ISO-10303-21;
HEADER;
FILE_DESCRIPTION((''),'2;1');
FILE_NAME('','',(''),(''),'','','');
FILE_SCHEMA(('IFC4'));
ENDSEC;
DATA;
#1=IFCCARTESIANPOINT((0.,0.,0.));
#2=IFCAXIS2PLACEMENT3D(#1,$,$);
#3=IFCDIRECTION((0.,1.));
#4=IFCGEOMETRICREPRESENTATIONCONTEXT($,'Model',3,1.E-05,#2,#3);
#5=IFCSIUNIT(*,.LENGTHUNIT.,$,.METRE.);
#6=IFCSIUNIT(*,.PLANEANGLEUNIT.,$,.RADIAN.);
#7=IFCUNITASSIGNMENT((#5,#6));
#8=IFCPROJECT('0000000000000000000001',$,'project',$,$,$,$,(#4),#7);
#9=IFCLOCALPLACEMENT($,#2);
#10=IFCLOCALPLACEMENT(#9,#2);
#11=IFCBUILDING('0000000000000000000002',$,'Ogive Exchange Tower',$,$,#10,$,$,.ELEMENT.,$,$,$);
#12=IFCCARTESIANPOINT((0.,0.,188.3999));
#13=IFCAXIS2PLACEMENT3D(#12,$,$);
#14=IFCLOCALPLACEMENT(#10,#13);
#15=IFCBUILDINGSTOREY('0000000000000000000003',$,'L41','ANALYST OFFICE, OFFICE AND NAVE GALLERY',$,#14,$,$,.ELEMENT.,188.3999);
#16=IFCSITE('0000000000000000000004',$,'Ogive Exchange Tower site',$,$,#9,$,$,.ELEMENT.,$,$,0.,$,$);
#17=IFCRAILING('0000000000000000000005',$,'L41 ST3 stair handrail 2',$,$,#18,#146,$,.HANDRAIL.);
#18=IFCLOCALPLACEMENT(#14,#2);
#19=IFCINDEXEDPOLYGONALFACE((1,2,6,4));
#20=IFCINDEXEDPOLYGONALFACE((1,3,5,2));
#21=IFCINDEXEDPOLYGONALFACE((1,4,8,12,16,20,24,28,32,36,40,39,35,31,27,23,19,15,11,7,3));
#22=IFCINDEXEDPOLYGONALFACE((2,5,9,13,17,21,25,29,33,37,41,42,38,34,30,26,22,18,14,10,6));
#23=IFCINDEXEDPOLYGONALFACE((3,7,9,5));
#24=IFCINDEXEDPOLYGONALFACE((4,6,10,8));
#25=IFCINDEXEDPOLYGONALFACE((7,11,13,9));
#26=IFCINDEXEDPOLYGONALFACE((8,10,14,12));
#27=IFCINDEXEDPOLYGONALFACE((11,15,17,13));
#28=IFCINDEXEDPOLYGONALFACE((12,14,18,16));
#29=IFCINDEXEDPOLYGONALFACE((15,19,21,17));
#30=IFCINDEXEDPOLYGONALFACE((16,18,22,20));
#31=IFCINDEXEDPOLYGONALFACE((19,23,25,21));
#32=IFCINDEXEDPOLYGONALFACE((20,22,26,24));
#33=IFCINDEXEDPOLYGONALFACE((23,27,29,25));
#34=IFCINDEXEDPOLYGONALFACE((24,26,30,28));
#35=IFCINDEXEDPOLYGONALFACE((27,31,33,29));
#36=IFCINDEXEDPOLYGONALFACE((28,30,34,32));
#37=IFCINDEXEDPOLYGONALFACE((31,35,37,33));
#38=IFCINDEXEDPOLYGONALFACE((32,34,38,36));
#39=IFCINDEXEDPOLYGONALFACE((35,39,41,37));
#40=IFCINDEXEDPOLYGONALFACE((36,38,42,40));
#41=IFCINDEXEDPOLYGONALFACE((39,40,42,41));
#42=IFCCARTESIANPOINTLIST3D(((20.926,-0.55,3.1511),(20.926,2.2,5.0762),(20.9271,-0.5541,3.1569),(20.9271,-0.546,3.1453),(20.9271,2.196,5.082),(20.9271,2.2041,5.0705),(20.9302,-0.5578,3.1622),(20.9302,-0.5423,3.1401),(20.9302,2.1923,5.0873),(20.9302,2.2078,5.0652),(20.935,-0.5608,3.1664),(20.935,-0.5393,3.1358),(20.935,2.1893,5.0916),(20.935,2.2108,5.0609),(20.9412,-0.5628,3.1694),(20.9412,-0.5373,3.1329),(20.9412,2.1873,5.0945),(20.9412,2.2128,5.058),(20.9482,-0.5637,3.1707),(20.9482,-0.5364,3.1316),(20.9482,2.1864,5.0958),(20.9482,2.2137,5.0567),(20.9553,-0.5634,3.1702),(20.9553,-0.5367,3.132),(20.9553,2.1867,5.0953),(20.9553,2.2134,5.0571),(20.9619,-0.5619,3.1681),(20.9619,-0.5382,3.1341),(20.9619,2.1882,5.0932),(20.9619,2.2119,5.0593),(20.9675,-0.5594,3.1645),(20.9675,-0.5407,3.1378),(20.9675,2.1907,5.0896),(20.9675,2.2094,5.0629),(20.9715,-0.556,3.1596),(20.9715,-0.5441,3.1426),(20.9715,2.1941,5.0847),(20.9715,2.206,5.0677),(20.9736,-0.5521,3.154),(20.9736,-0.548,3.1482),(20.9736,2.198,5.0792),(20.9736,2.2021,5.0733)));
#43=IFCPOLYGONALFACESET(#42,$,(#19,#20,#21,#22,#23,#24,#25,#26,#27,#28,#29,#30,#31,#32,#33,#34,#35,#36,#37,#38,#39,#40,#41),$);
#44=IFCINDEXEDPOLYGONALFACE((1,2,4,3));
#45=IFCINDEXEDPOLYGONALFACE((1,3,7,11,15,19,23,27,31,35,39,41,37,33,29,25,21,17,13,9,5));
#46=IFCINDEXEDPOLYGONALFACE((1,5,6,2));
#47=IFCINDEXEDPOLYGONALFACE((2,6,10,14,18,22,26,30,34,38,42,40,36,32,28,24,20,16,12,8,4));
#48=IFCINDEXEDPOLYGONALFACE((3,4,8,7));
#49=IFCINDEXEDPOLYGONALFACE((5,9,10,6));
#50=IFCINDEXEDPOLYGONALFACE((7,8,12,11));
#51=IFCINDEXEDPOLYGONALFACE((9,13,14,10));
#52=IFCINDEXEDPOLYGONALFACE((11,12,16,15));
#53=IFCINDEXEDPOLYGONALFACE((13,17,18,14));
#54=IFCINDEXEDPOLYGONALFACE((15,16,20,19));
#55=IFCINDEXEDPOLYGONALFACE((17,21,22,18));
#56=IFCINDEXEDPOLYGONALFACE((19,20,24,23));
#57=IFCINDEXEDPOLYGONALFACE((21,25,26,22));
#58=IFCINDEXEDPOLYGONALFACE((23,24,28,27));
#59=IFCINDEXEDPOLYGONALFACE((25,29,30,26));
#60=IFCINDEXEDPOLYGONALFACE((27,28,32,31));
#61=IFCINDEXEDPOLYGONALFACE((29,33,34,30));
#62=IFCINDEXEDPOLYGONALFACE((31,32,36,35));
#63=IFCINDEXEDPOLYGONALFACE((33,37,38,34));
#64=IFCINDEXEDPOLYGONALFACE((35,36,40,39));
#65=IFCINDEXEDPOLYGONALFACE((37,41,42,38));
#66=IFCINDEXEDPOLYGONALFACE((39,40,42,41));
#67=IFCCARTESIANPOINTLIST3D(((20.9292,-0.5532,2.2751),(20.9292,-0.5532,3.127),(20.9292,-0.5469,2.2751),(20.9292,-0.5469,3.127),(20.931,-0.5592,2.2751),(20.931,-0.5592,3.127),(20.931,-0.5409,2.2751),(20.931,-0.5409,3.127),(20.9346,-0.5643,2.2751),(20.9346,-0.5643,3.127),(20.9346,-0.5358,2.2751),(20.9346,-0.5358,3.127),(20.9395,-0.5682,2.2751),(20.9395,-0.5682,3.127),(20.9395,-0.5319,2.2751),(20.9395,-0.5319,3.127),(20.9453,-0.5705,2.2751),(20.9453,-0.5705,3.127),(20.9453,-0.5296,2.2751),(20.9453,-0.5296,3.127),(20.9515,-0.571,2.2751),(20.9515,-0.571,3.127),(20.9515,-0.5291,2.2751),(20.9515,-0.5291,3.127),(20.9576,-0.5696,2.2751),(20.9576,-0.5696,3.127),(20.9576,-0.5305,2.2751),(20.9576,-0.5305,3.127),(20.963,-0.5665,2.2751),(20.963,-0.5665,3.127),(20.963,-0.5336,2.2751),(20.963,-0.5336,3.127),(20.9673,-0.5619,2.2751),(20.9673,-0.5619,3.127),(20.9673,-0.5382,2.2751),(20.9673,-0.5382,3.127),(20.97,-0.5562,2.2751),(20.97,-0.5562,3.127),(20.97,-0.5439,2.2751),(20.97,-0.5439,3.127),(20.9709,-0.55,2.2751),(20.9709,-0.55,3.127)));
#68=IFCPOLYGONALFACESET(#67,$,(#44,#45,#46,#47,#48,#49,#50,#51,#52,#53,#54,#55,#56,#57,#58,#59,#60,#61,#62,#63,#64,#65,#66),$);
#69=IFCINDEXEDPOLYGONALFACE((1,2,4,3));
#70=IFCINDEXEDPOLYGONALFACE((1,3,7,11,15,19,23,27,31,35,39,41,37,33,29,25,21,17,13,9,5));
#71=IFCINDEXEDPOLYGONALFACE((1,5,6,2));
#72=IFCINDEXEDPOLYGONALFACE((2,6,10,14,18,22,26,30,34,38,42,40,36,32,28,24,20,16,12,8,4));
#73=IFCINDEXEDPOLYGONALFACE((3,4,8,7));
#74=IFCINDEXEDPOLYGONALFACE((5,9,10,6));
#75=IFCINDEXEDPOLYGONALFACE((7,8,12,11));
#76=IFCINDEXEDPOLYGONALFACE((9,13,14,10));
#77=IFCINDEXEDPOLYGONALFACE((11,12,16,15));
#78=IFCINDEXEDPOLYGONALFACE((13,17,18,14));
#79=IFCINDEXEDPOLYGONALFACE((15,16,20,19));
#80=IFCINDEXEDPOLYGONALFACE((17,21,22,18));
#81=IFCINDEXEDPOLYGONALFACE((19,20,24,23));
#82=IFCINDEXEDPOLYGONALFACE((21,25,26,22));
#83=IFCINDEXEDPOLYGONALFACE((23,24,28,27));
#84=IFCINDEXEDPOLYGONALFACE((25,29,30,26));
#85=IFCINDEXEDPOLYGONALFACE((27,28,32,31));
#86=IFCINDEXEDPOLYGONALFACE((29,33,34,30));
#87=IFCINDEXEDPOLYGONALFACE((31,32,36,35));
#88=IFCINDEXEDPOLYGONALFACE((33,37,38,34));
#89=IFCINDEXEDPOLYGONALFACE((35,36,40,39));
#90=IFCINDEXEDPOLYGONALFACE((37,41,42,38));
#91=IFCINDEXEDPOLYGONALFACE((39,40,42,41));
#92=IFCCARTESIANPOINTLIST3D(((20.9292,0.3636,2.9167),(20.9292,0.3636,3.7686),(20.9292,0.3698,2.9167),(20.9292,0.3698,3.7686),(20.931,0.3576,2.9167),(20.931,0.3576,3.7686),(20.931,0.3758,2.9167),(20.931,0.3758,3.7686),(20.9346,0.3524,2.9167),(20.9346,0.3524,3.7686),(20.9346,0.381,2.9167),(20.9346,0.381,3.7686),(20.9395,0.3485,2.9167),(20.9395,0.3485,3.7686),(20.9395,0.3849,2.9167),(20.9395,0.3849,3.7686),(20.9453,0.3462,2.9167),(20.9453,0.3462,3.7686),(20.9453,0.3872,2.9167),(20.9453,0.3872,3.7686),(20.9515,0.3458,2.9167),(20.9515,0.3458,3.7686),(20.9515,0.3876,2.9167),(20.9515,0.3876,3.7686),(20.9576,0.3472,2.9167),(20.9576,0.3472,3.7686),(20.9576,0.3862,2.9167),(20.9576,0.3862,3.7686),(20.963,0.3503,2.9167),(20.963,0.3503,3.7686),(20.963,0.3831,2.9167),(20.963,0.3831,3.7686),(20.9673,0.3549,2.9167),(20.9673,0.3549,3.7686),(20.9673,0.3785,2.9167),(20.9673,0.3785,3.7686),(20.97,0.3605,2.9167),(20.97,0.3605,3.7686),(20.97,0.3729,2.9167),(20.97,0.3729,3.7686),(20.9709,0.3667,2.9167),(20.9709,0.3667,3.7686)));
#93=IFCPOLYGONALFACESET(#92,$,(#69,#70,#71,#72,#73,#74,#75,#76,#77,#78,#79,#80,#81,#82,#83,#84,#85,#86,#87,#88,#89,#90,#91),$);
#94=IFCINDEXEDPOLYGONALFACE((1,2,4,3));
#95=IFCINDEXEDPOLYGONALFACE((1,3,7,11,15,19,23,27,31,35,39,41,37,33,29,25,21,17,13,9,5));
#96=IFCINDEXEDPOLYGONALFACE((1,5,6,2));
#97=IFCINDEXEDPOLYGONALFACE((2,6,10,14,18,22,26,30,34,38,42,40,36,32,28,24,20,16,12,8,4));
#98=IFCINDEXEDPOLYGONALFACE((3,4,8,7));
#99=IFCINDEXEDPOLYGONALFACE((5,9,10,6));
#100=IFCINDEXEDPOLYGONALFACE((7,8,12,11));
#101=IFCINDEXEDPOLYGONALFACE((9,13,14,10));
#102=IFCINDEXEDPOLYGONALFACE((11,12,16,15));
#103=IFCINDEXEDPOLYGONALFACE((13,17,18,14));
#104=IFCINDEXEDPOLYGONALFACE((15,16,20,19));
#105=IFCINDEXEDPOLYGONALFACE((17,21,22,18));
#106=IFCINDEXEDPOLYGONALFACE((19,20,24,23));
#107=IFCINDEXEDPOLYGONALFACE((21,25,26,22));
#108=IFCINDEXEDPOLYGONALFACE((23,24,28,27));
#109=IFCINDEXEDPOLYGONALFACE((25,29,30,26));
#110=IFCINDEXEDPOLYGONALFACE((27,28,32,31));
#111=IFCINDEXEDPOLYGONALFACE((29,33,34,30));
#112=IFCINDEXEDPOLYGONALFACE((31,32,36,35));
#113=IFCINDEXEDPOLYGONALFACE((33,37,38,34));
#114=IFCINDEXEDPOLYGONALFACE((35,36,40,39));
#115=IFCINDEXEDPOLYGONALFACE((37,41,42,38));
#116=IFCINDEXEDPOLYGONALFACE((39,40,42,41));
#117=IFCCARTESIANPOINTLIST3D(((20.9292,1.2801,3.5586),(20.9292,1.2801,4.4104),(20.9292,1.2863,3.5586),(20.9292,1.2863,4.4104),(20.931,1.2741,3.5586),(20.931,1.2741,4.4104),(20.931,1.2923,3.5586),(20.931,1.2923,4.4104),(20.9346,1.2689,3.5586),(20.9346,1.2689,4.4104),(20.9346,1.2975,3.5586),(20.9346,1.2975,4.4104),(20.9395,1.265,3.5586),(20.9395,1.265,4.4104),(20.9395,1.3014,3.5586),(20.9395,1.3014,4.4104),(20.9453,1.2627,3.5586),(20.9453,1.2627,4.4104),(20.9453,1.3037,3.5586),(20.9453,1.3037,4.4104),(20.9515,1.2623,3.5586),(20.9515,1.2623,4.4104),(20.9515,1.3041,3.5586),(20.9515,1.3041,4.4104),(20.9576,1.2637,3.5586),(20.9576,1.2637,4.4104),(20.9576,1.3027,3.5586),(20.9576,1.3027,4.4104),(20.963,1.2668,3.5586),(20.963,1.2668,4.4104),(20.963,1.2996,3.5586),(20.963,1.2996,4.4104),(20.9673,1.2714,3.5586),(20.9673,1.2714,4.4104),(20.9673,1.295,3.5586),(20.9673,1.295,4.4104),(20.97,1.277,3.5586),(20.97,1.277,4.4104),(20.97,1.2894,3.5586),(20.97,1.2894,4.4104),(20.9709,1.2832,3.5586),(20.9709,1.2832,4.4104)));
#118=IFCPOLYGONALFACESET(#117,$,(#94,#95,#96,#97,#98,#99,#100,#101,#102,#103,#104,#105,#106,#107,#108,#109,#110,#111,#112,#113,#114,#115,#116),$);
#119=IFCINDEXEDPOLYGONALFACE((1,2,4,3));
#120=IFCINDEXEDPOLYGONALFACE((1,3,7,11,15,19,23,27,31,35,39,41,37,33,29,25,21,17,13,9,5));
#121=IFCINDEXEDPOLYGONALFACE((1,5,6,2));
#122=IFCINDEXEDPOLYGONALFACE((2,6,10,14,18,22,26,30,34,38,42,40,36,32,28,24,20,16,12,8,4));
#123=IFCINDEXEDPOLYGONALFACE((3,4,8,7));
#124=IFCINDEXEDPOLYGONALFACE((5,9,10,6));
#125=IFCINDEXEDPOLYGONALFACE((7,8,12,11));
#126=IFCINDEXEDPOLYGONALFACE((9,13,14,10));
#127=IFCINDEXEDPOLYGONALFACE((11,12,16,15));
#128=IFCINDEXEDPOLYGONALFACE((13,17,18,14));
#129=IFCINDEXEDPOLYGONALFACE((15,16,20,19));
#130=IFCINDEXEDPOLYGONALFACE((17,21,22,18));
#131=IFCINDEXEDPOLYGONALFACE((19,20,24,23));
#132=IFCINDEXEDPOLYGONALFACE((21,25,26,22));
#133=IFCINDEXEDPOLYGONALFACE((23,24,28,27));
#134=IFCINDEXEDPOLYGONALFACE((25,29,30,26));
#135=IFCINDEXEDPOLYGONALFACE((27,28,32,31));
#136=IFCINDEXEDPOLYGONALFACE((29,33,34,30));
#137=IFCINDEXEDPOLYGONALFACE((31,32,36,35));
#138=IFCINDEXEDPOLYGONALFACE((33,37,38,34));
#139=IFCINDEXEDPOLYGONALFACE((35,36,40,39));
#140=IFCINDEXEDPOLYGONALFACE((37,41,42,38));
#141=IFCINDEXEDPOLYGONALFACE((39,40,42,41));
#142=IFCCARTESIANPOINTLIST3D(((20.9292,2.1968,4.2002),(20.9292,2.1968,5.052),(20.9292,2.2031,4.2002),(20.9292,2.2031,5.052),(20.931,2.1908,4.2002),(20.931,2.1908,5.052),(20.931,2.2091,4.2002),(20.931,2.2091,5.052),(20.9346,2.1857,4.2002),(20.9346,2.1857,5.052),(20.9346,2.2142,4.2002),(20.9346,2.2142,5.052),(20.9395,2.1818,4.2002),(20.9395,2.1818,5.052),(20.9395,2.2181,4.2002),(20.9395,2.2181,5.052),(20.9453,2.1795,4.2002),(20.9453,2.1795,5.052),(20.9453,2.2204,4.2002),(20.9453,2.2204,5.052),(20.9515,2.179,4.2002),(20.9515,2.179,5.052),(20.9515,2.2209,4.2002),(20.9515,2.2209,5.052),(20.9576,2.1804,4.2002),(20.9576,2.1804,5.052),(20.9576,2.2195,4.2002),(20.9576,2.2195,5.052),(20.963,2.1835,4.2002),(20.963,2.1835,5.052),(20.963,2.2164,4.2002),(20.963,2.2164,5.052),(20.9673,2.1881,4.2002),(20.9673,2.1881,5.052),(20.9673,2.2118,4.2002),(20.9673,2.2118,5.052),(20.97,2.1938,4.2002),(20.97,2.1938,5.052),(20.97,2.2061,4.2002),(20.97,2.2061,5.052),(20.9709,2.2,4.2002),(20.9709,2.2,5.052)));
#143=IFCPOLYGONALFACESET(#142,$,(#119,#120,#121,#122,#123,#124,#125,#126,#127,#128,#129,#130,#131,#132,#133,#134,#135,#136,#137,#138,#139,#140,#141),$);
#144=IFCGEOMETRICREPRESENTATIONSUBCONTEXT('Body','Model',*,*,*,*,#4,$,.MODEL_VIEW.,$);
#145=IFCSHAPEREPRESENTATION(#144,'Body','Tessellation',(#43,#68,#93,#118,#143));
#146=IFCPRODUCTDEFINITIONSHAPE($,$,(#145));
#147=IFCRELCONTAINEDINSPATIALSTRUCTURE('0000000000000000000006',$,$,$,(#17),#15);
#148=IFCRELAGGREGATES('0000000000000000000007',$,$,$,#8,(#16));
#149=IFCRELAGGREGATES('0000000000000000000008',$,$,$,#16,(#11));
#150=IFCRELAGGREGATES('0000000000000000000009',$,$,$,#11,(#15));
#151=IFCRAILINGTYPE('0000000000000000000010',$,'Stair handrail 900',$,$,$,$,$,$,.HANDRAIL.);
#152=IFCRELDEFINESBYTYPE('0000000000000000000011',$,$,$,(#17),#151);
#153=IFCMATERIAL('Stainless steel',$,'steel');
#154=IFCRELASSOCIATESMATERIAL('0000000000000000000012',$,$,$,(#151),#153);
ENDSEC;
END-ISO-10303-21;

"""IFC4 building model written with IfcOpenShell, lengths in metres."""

from ifc_helpers import new_model, si_unit, direction, frame, origin, origin_2d, place, context, subcontext, project, spatial, circle, extrude, material, type_object, element, save


model = new_model("IFC4")

# Units and contexts
model_context = context("Model", 3, precision=1e-05, world=origin(), true_north=direction((0.0, 1.0)))
body_context = subcontext(model_context, "Body", "Model", "MODEL_VIEW")
ifc_project = project(units=[si_unit("LENGTHUNIT", "METRE"), si_unit("PLANEANGLEUNIT", "RADIAN")], contexts=[model_context])

# Site, building, storey
site_placement = place(None, origin())
site = spatial("IfcSite", under=ifc_project, at=site_placement, Name="Ogive Exchange Tower site", CompositionType="ELEMENT", RefElevation=0.0)
building_placement = place(site_placement, origin())
building = spatial("IfcBuilding", under=site, at=building_placement, Name="Ogive Exchange Tower", CompositionType="ELEMENT")
storey_placement = place(building_placement, frame((0.0, 0.0, 188.3999)))
storey = spatial("IfcBuildingStorey", under=building, at=storey_placement, Name="L41", Description="ANALYST OFFICE, OFFICE AND NAVE GALLERY", CompositionType="ELEMENT", Elevation=188.3999)

# Shared definitions
ifc_material_1 = material(Name="Stainless steel", Category="steel")

# Railing
railing_type = type_object("IfcRailingType", Name="Stair handrail 900", PredefinedType="HANDRAIL", material=ifc_material_1)
railing_placement = place(storey_placement, frame((20.95, -0.55, 2.2751)))
element("IfcRailing", 1, at=railing_placement, inside=storey, type_object=railing_type, Name="L41 ST3 stair handrail 2", PredefinedType="HANDRAIL", context=body_context, shape_type="SweptSolid", body=[
    extrude(circle(Radius=0.0239, at=origin_2d()), frame((0.0, 0.0, 0.876), z_axis=(0.0, 0.819225, 0.573472), x_axis=(-1.0, 0.0, 0.0)), (0.0, 0.0, 1.0), 3.3569),
    extrude(circle(Radius=0.021, at=origin_2d()), origin(), (0.0, 0.0, 1.0), 0.8518),
    extrude(circle(Radius=0.021, at=origin_2d()), frame((0.0, 0.9167, 0.6416)), (0.0, 0.0, 1.0), 0.8518),
    extrude(circle(Radius=0.021, at=origin_2d()), frame((0.0, 1.8333, 1.2834)), (0.0, 0.0, 1.0), 0.8518),
    extrude(circle(Radius=0.021, at=origin_2d()), frame((0.0, 2.75, 1.925)), (0.0, 0.0, 1.0), 0.8518),
])

save(model, "model.ifc")
